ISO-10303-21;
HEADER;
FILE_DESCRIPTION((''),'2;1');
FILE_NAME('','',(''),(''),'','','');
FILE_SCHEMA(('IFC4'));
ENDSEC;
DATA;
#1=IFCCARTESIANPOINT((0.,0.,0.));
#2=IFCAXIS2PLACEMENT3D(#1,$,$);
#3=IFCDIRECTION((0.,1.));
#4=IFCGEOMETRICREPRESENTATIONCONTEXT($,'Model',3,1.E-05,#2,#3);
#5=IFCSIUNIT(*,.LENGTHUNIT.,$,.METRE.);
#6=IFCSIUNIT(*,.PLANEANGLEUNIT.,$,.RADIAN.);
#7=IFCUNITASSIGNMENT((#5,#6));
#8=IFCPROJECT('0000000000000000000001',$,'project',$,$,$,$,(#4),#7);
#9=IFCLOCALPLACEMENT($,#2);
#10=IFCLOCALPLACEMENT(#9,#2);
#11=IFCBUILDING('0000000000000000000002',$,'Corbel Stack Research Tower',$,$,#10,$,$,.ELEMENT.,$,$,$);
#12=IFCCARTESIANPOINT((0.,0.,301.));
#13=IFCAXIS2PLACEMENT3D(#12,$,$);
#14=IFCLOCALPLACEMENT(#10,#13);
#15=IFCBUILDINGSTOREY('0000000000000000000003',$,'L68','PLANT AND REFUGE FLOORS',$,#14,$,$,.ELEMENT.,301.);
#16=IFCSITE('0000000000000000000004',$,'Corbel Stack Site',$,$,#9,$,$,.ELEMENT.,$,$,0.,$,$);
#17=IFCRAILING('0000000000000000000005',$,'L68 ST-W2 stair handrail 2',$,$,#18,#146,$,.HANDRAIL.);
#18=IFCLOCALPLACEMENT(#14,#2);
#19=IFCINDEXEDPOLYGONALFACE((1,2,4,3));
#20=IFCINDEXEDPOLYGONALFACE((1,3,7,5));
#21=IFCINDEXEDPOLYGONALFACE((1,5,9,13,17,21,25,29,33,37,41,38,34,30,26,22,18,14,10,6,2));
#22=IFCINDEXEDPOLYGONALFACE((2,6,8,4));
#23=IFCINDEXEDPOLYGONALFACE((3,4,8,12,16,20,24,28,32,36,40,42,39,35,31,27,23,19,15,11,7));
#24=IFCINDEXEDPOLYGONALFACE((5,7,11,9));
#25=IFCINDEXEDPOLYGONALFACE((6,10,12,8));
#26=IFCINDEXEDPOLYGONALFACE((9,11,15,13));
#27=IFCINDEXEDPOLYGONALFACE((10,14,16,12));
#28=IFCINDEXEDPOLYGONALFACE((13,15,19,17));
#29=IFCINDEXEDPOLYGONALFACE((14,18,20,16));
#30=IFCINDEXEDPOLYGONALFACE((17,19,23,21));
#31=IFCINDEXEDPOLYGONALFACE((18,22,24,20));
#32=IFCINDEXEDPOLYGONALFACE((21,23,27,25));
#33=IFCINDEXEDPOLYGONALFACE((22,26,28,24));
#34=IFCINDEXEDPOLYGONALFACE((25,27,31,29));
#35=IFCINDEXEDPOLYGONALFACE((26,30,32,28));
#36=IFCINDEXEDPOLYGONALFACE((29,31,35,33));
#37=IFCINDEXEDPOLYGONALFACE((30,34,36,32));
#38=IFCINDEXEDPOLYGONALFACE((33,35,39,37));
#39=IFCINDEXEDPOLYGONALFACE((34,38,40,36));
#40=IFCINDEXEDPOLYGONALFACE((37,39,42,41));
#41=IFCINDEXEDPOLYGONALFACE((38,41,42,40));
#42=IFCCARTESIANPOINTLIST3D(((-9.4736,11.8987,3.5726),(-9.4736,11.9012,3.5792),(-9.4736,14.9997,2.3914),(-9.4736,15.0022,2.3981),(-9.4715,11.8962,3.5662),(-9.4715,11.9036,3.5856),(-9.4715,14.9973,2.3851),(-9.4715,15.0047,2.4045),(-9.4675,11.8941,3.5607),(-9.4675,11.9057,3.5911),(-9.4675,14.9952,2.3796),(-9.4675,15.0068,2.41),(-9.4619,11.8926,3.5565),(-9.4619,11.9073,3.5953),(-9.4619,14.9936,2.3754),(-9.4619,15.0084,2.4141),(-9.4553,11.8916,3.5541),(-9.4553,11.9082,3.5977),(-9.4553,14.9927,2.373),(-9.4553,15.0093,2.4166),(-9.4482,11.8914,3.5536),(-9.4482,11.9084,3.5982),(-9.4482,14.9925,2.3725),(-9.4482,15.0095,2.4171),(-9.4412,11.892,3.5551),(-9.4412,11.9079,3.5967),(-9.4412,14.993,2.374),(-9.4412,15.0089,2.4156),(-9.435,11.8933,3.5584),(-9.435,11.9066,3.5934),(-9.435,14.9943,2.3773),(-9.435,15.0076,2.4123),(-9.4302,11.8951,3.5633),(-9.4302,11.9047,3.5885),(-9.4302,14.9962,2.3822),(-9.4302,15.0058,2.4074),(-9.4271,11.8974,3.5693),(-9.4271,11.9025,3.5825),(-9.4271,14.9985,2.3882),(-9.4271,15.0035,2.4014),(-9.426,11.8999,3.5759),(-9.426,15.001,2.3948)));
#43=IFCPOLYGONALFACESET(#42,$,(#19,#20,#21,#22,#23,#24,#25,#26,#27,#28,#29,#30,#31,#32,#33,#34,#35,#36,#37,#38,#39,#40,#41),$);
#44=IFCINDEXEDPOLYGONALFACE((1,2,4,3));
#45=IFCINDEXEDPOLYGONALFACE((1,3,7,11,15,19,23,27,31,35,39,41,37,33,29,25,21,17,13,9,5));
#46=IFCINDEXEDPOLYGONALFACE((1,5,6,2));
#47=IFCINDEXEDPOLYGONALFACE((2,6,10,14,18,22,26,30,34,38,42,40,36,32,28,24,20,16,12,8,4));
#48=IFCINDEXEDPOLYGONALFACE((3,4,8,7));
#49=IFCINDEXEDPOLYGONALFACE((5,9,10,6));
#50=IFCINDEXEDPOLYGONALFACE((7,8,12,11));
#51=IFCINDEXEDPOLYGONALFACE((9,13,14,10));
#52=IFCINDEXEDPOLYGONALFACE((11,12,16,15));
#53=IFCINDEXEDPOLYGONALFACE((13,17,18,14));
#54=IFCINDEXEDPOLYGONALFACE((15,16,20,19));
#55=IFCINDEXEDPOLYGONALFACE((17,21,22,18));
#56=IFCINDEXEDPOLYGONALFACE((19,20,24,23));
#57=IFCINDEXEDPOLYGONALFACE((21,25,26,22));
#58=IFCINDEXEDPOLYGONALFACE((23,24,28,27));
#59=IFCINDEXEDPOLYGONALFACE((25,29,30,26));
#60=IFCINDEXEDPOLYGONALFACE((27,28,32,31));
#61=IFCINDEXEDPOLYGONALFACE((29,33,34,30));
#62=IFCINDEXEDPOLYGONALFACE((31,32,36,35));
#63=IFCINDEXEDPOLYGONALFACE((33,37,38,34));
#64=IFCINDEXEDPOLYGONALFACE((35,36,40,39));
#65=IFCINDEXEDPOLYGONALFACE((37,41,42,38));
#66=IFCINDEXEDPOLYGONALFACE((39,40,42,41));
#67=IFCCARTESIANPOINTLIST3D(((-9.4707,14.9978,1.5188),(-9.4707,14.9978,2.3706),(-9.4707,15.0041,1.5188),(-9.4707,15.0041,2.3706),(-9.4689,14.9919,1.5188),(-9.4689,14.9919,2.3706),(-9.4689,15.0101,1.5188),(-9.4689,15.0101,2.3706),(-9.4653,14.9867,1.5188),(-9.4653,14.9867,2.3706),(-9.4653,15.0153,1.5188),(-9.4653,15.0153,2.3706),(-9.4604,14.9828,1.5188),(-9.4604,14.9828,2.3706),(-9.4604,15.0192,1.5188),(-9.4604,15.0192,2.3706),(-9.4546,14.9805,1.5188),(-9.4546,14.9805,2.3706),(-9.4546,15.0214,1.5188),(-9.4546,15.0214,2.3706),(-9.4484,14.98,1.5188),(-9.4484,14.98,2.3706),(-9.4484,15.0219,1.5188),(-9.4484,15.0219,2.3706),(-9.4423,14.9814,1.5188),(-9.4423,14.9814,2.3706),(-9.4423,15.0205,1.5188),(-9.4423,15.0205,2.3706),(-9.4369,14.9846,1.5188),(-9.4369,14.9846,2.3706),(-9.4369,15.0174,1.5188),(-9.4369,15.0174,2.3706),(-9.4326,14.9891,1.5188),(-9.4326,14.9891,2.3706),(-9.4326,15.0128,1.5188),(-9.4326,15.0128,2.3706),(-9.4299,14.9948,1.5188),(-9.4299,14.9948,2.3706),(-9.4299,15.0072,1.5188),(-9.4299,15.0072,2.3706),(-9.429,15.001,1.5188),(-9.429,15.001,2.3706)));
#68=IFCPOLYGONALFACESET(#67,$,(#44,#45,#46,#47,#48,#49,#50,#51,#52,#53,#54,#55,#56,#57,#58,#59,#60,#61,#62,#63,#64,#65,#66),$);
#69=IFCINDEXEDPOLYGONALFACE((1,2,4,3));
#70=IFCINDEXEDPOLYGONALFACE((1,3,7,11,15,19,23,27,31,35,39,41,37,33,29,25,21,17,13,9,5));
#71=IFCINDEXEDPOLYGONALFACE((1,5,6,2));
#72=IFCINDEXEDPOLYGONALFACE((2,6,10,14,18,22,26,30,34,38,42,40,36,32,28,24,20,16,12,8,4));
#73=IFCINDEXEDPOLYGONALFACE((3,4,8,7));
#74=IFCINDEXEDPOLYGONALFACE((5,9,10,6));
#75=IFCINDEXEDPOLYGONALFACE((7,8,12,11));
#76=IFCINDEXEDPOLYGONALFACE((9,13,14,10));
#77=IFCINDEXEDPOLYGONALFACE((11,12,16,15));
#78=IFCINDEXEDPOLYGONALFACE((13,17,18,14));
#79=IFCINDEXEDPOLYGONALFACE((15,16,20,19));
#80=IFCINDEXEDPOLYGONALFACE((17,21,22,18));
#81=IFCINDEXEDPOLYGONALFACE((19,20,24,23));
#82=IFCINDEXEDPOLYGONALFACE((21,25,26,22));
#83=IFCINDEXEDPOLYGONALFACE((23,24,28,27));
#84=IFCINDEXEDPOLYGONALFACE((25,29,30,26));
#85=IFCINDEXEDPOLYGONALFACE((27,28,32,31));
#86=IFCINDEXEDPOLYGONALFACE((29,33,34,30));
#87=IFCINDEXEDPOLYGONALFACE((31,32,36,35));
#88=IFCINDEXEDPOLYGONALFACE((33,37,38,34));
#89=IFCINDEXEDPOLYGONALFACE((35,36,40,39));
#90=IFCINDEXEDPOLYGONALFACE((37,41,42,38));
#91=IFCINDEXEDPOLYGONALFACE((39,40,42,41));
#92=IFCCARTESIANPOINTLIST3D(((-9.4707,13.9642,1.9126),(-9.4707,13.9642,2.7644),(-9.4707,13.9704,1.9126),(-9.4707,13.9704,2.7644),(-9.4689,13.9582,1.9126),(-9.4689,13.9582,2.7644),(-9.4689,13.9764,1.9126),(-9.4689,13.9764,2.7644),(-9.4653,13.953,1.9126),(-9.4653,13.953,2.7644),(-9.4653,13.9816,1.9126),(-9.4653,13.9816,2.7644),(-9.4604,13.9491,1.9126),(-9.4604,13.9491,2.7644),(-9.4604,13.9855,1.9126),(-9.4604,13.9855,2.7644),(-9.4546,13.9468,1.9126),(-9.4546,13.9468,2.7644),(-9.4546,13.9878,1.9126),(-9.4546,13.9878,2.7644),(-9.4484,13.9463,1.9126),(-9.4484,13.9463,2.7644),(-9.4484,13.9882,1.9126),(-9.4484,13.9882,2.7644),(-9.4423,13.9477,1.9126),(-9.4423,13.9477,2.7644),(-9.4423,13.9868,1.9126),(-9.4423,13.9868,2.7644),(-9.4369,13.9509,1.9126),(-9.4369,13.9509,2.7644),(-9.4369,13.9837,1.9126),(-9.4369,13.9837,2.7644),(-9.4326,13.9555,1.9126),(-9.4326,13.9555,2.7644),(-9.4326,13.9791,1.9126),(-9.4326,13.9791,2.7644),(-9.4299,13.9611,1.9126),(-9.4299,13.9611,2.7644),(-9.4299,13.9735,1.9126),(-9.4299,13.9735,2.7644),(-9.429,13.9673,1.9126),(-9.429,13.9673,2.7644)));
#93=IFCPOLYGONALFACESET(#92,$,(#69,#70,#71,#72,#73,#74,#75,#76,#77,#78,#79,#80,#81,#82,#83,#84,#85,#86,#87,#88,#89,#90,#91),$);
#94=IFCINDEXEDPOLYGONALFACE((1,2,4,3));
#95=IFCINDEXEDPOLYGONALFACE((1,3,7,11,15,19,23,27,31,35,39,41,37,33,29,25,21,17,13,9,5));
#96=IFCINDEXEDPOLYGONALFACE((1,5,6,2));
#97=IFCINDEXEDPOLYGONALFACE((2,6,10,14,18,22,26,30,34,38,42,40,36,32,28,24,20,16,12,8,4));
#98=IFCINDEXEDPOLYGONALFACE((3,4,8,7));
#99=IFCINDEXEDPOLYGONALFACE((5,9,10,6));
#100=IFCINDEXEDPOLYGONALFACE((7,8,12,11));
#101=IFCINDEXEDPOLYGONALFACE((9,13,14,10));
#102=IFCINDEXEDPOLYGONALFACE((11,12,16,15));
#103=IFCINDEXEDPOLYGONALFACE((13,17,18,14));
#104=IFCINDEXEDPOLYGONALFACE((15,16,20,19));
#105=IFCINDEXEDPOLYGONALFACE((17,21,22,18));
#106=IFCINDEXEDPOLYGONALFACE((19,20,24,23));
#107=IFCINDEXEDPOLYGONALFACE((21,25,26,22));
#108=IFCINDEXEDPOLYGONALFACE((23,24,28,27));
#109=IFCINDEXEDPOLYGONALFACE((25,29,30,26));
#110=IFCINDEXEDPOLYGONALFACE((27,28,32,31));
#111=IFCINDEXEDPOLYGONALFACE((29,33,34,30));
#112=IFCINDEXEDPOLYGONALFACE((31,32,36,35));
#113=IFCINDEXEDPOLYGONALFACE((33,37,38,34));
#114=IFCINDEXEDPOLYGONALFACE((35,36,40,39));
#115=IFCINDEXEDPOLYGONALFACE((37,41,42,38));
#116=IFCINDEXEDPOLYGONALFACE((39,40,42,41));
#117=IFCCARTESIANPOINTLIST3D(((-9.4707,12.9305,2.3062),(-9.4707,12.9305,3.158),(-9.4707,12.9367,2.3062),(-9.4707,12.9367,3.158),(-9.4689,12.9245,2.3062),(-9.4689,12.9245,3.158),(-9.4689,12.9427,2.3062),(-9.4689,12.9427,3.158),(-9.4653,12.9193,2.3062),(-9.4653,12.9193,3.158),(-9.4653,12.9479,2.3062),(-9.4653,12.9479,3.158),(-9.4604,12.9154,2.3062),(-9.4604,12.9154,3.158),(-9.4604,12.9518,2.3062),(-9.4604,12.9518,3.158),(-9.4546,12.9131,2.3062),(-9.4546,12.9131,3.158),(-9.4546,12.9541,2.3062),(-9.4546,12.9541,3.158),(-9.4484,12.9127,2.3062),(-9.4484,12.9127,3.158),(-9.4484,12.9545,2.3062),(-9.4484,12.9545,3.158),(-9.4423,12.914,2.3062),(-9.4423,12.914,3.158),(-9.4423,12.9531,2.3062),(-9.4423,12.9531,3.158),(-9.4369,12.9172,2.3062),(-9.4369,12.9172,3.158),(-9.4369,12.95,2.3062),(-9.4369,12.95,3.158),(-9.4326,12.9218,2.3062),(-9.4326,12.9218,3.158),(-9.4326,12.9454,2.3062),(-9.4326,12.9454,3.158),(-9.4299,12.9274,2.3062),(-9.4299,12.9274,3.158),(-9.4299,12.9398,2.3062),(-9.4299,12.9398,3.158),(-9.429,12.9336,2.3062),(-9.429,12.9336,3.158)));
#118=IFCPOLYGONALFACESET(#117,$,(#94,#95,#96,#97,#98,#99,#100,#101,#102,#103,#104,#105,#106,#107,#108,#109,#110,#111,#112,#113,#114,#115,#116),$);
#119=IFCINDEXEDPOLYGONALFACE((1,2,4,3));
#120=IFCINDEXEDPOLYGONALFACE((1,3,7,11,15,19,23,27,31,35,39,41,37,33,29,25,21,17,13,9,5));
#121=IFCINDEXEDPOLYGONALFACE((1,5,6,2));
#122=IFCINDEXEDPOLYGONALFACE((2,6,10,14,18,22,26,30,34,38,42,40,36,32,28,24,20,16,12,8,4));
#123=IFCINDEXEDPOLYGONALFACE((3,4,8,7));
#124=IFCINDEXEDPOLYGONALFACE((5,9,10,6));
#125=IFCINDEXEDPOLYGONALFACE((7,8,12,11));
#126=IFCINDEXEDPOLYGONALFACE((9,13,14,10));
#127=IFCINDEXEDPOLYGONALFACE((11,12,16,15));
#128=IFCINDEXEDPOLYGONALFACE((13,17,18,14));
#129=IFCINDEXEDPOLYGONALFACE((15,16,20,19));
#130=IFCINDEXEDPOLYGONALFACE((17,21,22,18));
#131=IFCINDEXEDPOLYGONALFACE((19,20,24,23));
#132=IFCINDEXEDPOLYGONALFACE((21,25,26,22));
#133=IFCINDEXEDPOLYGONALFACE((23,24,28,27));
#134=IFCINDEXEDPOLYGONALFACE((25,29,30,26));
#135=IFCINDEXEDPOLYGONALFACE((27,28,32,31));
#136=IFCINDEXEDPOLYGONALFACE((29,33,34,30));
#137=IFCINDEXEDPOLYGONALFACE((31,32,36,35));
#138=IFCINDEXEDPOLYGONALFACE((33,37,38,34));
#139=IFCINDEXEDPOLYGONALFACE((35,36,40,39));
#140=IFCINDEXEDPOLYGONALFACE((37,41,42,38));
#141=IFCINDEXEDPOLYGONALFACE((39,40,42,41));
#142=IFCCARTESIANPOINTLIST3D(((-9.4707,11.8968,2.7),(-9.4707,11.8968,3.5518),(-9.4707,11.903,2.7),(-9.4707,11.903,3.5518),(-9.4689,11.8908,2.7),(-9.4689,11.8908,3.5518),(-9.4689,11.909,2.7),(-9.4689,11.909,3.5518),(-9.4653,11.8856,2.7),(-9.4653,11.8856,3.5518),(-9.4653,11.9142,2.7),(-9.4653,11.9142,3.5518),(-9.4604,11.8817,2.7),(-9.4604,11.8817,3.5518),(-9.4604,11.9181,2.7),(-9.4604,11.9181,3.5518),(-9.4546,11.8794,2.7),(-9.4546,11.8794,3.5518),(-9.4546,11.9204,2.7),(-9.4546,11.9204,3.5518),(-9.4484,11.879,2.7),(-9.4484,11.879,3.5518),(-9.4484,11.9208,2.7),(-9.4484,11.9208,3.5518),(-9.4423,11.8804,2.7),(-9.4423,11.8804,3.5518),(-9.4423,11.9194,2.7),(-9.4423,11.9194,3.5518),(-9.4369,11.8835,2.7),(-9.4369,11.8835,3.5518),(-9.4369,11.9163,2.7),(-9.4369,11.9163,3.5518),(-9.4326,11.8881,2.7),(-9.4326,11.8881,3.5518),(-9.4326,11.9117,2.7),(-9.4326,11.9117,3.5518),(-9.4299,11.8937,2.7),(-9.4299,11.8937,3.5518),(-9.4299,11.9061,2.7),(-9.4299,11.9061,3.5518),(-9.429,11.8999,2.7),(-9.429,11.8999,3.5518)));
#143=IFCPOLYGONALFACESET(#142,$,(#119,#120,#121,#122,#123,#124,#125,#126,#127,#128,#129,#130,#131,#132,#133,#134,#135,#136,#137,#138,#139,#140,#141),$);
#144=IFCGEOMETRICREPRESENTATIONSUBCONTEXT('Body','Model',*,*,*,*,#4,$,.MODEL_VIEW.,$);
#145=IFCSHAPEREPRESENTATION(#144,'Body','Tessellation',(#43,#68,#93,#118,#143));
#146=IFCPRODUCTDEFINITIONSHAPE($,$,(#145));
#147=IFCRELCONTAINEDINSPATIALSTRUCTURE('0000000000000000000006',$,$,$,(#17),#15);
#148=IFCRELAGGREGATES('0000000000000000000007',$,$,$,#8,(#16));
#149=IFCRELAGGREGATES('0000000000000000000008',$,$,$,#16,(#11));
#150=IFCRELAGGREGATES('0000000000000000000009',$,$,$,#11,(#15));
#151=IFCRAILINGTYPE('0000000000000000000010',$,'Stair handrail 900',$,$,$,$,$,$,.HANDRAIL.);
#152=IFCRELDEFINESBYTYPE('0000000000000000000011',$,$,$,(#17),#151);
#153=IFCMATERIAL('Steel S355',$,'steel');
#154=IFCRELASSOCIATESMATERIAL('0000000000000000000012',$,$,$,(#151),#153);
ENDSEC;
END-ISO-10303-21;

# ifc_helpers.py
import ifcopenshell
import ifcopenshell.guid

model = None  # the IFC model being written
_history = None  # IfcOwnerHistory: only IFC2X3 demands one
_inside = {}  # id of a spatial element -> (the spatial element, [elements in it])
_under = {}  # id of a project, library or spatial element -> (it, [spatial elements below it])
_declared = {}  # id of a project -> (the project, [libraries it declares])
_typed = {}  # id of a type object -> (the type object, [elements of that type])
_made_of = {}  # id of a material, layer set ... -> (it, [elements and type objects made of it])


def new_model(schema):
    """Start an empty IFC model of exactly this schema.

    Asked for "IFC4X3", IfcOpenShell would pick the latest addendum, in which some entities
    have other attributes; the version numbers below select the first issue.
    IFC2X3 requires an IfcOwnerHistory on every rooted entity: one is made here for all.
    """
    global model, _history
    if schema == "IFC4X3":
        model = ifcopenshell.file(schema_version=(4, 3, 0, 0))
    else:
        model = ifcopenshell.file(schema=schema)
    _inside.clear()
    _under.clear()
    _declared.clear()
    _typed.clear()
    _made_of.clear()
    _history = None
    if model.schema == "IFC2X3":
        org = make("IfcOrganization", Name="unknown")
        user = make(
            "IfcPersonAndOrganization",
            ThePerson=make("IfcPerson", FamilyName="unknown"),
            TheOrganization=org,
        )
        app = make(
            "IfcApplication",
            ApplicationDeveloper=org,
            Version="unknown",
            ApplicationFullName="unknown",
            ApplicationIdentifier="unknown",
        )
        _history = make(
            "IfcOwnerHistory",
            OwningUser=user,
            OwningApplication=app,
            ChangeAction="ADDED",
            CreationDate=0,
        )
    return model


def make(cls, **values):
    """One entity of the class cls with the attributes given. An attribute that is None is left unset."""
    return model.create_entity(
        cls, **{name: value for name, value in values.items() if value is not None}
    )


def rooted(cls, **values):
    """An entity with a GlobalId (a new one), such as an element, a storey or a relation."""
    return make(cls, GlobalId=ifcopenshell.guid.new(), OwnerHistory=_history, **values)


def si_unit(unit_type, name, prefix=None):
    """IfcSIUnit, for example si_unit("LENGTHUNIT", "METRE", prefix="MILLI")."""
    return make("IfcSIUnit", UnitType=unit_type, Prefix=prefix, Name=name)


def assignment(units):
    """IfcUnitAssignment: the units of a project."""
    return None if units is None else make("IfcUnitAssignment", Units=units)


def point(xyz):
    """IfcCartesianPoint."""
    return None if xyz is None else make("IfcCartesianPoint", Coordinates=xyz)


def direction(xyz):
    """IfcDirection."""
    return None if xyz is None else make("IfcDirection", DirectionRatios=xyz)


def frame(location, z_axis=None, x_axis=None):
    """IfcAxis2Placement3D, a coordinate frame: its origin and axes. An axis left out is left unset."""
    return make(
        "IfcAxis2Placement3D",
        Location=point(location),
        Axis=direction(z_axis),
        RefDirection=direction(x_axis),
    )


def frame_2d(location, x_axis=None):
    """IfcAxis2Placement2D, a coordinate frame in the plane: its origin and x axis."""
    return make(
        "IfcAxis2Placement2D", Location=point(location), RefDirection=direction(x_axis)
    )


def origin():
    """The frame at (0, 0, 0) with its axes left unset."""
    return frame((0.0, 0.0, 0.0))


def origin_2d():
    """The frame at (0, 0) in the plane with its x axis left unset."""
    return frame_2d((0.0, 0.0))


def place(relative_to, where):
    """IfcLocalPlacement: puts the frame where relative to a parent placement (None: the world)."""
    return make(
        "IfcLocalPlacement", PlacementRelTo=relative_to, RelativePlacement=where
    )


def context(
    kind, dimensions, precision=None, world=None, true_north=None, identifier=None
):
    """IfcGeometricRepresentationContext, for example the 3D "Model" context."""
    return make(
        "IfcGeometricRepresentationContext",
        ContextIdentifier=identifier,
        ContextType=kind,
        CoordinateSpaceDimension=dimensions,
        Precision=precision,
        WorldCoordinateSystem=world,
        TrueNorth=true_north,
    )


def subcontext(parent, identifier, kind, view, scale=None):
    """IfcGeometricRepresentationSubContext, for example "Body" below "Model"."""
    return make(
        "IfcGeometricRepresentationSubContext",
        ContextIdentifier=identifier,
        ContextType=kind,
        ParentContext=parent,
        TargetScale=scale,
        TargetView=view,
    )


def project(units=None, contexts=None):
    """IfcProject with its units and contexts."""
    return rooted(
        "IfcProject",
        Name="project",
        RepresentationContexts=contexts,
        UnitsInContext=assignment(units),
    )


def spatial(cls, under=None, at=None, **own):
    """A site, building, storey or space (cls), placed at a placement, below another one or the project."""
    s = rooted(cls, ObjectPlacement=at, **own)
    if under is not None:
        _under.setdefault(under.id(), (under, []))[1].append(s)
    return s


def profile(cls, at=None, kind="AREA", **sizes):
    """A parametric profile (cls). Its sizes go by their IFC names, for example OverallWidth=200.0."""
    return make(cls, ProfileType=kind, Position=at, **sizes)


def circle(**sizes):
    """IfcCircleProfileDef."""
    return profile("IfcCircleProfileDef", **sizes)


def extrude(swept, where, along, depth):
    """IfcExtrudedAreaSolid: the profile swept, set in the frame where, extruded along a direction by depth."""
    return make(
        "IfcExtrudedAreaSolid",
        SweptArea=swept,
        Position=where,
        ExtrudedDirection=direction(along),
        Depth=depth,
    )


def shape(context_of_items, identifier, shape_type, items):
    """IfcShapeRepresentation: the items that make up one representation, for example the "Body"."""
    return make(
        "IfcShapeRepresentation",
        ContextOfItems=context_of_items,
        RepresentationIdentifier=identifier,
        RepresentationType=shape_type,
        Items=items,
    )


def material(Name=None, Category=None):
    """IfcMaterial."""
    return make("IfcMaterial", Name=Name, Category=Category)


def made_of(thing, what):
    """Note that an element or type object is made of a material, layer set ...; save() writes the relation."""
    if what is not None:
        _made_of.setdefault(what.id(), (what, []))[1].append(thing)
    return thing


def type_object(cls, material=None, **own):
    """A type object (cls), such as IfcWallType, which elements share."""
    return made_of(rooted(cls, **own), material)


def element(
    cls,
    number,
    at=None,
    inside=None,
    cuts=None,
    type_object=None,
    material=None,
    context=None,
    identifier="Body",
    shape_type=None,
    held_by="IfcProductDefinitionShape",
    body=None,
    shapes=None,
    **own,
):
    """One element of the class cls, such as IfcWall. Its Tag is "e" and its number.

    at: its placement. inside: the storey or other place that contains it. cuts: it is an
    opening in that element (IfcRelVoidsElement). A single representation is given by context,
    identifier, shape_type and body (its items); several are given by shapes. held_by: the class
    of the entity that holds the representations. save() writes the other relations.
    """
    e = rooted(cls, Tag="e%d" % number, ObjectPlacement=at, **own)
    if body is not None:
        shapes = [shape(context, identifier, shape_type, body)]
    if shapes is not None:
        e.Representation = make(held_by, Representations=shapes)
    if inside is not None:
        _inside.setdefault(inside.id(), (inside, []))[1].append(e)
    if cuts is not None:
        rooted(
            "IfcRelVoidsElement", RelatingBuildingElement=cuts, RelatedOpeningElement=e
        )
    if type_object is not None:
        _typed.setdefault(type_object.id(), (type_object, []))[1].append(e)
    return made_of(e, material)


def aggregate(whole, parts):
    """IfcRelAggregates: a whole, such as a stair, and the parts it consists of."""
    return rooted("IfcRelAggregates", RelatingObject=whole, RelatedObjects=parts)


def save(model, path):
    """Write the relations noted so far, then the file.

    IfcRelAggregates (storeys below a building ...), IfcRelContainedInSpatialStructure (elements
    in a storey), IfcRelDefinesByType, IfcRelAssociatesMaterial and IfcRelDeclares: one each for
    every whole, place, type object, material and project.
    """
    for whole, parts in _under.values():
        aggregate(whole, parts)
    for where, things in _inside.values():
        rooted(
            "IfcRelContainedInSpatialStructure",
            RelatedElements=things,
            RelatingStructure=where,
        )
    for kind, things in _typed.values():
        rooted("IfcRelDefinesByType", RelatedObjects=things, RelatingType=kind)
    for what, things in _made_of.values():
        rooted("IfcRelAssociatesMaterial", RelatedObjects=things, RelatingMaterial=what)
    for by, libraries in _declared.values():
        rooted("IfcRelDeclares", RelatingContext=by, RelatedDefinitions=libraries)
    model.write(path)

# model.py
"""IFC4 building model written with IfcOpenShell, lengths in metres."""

from ifc_helpers import new_model, si_unit, direction, frame, origin, origin_2d, place, context, subcontext, project, spatial, circle, extrude, material, type_object, element, save


model = new_model("IFC4")

# Units and contexts
model_context = context("Model", 3, precision=1e-05, world=origin(), true_north=direction((0.0, 1.0)))
body_context = subcontext(model_context, "Body", "Model", "MODEL_VIEW")
ifc_project = project(units=[si_unit("LENGTHUNIT", "METRE"), si_unit("PLANEANGLEUNIT", "RADIAN")], contexts=[model_context])

# Site, building, storey
site_placement = place(None, origin())
site = spatial("IfcSite", under=ifc_project, at=site_placement, Name="Corbel Stack Site", CompositionType="ELEMENT", RefElevation=0.0)
building_placement = place(site_placement, origin())
building = spatial("IfcBuilding", under=site, at=building_placement, Name="Corbel Stack Research Tower", CompositionType="ELEMENT")
storey_placement = place(building_placement, frame((0.0, 0.0, 301.0)))
storey = spatial("IfcBuildingStorey", under=building, at=storey_placement, Name="L68", Description="PLANT AND REFUGE FLOORS", CompositionType="ELEMENT", Elevation=301.0)

# Railing
ifc_material_1 = material(Name="Steel S355", Category="steel")
railing_type_1 = type_object("IfcRailingType", Name="Stair handrail 900", PredefinedType="HANDRAIL", material=ifc_material_1)
railing_1_placement = place(storey_placement, frame((-9.45, 15.001, 1.5188)))
element("IfcRailing", 1, at=railing_1_placement, inside=storey, type_object=railing_type_1, Name="L68 ST-W2 stair handrail 2", PredefinedType="HANDRAIL", context=body_context, shape_type="SweptSolid", body=[
    extrude(circle(Radius=0.0239, at=origin_2d()), frame((0.0, 0.0, 0.876), z_axis=(0.0, -0.934509, 0.35594), x_axis=(1.0, 0.0, 0.0)), (0.0, 0.0, 1.0), 3.3184),
    extrude(circle(Radius=0.021, at=origin_2d()), origin(), (0.0, 0.0, 1.0), 0.8518),
    extrude(circle(Radius=0.021, at=origin_2d()), frame((0.0, -1.0337, 0.3938)), (0.0, 0.0, 1.0), 0.8518),
    extrude(circle(Radius=0.021, at=origin_2d()), frame((0.0, -2.0674, 0.7874)), (0.0, 0.0, 1.0), 0.8518),
    extrude(circle(Radius=0.021, at=origin_2d()), frame((0.0, -3.1011, 1.1812)), (0.0, 0.0, 1.0), 0.8518),
])

save(model, "model.ifc")
